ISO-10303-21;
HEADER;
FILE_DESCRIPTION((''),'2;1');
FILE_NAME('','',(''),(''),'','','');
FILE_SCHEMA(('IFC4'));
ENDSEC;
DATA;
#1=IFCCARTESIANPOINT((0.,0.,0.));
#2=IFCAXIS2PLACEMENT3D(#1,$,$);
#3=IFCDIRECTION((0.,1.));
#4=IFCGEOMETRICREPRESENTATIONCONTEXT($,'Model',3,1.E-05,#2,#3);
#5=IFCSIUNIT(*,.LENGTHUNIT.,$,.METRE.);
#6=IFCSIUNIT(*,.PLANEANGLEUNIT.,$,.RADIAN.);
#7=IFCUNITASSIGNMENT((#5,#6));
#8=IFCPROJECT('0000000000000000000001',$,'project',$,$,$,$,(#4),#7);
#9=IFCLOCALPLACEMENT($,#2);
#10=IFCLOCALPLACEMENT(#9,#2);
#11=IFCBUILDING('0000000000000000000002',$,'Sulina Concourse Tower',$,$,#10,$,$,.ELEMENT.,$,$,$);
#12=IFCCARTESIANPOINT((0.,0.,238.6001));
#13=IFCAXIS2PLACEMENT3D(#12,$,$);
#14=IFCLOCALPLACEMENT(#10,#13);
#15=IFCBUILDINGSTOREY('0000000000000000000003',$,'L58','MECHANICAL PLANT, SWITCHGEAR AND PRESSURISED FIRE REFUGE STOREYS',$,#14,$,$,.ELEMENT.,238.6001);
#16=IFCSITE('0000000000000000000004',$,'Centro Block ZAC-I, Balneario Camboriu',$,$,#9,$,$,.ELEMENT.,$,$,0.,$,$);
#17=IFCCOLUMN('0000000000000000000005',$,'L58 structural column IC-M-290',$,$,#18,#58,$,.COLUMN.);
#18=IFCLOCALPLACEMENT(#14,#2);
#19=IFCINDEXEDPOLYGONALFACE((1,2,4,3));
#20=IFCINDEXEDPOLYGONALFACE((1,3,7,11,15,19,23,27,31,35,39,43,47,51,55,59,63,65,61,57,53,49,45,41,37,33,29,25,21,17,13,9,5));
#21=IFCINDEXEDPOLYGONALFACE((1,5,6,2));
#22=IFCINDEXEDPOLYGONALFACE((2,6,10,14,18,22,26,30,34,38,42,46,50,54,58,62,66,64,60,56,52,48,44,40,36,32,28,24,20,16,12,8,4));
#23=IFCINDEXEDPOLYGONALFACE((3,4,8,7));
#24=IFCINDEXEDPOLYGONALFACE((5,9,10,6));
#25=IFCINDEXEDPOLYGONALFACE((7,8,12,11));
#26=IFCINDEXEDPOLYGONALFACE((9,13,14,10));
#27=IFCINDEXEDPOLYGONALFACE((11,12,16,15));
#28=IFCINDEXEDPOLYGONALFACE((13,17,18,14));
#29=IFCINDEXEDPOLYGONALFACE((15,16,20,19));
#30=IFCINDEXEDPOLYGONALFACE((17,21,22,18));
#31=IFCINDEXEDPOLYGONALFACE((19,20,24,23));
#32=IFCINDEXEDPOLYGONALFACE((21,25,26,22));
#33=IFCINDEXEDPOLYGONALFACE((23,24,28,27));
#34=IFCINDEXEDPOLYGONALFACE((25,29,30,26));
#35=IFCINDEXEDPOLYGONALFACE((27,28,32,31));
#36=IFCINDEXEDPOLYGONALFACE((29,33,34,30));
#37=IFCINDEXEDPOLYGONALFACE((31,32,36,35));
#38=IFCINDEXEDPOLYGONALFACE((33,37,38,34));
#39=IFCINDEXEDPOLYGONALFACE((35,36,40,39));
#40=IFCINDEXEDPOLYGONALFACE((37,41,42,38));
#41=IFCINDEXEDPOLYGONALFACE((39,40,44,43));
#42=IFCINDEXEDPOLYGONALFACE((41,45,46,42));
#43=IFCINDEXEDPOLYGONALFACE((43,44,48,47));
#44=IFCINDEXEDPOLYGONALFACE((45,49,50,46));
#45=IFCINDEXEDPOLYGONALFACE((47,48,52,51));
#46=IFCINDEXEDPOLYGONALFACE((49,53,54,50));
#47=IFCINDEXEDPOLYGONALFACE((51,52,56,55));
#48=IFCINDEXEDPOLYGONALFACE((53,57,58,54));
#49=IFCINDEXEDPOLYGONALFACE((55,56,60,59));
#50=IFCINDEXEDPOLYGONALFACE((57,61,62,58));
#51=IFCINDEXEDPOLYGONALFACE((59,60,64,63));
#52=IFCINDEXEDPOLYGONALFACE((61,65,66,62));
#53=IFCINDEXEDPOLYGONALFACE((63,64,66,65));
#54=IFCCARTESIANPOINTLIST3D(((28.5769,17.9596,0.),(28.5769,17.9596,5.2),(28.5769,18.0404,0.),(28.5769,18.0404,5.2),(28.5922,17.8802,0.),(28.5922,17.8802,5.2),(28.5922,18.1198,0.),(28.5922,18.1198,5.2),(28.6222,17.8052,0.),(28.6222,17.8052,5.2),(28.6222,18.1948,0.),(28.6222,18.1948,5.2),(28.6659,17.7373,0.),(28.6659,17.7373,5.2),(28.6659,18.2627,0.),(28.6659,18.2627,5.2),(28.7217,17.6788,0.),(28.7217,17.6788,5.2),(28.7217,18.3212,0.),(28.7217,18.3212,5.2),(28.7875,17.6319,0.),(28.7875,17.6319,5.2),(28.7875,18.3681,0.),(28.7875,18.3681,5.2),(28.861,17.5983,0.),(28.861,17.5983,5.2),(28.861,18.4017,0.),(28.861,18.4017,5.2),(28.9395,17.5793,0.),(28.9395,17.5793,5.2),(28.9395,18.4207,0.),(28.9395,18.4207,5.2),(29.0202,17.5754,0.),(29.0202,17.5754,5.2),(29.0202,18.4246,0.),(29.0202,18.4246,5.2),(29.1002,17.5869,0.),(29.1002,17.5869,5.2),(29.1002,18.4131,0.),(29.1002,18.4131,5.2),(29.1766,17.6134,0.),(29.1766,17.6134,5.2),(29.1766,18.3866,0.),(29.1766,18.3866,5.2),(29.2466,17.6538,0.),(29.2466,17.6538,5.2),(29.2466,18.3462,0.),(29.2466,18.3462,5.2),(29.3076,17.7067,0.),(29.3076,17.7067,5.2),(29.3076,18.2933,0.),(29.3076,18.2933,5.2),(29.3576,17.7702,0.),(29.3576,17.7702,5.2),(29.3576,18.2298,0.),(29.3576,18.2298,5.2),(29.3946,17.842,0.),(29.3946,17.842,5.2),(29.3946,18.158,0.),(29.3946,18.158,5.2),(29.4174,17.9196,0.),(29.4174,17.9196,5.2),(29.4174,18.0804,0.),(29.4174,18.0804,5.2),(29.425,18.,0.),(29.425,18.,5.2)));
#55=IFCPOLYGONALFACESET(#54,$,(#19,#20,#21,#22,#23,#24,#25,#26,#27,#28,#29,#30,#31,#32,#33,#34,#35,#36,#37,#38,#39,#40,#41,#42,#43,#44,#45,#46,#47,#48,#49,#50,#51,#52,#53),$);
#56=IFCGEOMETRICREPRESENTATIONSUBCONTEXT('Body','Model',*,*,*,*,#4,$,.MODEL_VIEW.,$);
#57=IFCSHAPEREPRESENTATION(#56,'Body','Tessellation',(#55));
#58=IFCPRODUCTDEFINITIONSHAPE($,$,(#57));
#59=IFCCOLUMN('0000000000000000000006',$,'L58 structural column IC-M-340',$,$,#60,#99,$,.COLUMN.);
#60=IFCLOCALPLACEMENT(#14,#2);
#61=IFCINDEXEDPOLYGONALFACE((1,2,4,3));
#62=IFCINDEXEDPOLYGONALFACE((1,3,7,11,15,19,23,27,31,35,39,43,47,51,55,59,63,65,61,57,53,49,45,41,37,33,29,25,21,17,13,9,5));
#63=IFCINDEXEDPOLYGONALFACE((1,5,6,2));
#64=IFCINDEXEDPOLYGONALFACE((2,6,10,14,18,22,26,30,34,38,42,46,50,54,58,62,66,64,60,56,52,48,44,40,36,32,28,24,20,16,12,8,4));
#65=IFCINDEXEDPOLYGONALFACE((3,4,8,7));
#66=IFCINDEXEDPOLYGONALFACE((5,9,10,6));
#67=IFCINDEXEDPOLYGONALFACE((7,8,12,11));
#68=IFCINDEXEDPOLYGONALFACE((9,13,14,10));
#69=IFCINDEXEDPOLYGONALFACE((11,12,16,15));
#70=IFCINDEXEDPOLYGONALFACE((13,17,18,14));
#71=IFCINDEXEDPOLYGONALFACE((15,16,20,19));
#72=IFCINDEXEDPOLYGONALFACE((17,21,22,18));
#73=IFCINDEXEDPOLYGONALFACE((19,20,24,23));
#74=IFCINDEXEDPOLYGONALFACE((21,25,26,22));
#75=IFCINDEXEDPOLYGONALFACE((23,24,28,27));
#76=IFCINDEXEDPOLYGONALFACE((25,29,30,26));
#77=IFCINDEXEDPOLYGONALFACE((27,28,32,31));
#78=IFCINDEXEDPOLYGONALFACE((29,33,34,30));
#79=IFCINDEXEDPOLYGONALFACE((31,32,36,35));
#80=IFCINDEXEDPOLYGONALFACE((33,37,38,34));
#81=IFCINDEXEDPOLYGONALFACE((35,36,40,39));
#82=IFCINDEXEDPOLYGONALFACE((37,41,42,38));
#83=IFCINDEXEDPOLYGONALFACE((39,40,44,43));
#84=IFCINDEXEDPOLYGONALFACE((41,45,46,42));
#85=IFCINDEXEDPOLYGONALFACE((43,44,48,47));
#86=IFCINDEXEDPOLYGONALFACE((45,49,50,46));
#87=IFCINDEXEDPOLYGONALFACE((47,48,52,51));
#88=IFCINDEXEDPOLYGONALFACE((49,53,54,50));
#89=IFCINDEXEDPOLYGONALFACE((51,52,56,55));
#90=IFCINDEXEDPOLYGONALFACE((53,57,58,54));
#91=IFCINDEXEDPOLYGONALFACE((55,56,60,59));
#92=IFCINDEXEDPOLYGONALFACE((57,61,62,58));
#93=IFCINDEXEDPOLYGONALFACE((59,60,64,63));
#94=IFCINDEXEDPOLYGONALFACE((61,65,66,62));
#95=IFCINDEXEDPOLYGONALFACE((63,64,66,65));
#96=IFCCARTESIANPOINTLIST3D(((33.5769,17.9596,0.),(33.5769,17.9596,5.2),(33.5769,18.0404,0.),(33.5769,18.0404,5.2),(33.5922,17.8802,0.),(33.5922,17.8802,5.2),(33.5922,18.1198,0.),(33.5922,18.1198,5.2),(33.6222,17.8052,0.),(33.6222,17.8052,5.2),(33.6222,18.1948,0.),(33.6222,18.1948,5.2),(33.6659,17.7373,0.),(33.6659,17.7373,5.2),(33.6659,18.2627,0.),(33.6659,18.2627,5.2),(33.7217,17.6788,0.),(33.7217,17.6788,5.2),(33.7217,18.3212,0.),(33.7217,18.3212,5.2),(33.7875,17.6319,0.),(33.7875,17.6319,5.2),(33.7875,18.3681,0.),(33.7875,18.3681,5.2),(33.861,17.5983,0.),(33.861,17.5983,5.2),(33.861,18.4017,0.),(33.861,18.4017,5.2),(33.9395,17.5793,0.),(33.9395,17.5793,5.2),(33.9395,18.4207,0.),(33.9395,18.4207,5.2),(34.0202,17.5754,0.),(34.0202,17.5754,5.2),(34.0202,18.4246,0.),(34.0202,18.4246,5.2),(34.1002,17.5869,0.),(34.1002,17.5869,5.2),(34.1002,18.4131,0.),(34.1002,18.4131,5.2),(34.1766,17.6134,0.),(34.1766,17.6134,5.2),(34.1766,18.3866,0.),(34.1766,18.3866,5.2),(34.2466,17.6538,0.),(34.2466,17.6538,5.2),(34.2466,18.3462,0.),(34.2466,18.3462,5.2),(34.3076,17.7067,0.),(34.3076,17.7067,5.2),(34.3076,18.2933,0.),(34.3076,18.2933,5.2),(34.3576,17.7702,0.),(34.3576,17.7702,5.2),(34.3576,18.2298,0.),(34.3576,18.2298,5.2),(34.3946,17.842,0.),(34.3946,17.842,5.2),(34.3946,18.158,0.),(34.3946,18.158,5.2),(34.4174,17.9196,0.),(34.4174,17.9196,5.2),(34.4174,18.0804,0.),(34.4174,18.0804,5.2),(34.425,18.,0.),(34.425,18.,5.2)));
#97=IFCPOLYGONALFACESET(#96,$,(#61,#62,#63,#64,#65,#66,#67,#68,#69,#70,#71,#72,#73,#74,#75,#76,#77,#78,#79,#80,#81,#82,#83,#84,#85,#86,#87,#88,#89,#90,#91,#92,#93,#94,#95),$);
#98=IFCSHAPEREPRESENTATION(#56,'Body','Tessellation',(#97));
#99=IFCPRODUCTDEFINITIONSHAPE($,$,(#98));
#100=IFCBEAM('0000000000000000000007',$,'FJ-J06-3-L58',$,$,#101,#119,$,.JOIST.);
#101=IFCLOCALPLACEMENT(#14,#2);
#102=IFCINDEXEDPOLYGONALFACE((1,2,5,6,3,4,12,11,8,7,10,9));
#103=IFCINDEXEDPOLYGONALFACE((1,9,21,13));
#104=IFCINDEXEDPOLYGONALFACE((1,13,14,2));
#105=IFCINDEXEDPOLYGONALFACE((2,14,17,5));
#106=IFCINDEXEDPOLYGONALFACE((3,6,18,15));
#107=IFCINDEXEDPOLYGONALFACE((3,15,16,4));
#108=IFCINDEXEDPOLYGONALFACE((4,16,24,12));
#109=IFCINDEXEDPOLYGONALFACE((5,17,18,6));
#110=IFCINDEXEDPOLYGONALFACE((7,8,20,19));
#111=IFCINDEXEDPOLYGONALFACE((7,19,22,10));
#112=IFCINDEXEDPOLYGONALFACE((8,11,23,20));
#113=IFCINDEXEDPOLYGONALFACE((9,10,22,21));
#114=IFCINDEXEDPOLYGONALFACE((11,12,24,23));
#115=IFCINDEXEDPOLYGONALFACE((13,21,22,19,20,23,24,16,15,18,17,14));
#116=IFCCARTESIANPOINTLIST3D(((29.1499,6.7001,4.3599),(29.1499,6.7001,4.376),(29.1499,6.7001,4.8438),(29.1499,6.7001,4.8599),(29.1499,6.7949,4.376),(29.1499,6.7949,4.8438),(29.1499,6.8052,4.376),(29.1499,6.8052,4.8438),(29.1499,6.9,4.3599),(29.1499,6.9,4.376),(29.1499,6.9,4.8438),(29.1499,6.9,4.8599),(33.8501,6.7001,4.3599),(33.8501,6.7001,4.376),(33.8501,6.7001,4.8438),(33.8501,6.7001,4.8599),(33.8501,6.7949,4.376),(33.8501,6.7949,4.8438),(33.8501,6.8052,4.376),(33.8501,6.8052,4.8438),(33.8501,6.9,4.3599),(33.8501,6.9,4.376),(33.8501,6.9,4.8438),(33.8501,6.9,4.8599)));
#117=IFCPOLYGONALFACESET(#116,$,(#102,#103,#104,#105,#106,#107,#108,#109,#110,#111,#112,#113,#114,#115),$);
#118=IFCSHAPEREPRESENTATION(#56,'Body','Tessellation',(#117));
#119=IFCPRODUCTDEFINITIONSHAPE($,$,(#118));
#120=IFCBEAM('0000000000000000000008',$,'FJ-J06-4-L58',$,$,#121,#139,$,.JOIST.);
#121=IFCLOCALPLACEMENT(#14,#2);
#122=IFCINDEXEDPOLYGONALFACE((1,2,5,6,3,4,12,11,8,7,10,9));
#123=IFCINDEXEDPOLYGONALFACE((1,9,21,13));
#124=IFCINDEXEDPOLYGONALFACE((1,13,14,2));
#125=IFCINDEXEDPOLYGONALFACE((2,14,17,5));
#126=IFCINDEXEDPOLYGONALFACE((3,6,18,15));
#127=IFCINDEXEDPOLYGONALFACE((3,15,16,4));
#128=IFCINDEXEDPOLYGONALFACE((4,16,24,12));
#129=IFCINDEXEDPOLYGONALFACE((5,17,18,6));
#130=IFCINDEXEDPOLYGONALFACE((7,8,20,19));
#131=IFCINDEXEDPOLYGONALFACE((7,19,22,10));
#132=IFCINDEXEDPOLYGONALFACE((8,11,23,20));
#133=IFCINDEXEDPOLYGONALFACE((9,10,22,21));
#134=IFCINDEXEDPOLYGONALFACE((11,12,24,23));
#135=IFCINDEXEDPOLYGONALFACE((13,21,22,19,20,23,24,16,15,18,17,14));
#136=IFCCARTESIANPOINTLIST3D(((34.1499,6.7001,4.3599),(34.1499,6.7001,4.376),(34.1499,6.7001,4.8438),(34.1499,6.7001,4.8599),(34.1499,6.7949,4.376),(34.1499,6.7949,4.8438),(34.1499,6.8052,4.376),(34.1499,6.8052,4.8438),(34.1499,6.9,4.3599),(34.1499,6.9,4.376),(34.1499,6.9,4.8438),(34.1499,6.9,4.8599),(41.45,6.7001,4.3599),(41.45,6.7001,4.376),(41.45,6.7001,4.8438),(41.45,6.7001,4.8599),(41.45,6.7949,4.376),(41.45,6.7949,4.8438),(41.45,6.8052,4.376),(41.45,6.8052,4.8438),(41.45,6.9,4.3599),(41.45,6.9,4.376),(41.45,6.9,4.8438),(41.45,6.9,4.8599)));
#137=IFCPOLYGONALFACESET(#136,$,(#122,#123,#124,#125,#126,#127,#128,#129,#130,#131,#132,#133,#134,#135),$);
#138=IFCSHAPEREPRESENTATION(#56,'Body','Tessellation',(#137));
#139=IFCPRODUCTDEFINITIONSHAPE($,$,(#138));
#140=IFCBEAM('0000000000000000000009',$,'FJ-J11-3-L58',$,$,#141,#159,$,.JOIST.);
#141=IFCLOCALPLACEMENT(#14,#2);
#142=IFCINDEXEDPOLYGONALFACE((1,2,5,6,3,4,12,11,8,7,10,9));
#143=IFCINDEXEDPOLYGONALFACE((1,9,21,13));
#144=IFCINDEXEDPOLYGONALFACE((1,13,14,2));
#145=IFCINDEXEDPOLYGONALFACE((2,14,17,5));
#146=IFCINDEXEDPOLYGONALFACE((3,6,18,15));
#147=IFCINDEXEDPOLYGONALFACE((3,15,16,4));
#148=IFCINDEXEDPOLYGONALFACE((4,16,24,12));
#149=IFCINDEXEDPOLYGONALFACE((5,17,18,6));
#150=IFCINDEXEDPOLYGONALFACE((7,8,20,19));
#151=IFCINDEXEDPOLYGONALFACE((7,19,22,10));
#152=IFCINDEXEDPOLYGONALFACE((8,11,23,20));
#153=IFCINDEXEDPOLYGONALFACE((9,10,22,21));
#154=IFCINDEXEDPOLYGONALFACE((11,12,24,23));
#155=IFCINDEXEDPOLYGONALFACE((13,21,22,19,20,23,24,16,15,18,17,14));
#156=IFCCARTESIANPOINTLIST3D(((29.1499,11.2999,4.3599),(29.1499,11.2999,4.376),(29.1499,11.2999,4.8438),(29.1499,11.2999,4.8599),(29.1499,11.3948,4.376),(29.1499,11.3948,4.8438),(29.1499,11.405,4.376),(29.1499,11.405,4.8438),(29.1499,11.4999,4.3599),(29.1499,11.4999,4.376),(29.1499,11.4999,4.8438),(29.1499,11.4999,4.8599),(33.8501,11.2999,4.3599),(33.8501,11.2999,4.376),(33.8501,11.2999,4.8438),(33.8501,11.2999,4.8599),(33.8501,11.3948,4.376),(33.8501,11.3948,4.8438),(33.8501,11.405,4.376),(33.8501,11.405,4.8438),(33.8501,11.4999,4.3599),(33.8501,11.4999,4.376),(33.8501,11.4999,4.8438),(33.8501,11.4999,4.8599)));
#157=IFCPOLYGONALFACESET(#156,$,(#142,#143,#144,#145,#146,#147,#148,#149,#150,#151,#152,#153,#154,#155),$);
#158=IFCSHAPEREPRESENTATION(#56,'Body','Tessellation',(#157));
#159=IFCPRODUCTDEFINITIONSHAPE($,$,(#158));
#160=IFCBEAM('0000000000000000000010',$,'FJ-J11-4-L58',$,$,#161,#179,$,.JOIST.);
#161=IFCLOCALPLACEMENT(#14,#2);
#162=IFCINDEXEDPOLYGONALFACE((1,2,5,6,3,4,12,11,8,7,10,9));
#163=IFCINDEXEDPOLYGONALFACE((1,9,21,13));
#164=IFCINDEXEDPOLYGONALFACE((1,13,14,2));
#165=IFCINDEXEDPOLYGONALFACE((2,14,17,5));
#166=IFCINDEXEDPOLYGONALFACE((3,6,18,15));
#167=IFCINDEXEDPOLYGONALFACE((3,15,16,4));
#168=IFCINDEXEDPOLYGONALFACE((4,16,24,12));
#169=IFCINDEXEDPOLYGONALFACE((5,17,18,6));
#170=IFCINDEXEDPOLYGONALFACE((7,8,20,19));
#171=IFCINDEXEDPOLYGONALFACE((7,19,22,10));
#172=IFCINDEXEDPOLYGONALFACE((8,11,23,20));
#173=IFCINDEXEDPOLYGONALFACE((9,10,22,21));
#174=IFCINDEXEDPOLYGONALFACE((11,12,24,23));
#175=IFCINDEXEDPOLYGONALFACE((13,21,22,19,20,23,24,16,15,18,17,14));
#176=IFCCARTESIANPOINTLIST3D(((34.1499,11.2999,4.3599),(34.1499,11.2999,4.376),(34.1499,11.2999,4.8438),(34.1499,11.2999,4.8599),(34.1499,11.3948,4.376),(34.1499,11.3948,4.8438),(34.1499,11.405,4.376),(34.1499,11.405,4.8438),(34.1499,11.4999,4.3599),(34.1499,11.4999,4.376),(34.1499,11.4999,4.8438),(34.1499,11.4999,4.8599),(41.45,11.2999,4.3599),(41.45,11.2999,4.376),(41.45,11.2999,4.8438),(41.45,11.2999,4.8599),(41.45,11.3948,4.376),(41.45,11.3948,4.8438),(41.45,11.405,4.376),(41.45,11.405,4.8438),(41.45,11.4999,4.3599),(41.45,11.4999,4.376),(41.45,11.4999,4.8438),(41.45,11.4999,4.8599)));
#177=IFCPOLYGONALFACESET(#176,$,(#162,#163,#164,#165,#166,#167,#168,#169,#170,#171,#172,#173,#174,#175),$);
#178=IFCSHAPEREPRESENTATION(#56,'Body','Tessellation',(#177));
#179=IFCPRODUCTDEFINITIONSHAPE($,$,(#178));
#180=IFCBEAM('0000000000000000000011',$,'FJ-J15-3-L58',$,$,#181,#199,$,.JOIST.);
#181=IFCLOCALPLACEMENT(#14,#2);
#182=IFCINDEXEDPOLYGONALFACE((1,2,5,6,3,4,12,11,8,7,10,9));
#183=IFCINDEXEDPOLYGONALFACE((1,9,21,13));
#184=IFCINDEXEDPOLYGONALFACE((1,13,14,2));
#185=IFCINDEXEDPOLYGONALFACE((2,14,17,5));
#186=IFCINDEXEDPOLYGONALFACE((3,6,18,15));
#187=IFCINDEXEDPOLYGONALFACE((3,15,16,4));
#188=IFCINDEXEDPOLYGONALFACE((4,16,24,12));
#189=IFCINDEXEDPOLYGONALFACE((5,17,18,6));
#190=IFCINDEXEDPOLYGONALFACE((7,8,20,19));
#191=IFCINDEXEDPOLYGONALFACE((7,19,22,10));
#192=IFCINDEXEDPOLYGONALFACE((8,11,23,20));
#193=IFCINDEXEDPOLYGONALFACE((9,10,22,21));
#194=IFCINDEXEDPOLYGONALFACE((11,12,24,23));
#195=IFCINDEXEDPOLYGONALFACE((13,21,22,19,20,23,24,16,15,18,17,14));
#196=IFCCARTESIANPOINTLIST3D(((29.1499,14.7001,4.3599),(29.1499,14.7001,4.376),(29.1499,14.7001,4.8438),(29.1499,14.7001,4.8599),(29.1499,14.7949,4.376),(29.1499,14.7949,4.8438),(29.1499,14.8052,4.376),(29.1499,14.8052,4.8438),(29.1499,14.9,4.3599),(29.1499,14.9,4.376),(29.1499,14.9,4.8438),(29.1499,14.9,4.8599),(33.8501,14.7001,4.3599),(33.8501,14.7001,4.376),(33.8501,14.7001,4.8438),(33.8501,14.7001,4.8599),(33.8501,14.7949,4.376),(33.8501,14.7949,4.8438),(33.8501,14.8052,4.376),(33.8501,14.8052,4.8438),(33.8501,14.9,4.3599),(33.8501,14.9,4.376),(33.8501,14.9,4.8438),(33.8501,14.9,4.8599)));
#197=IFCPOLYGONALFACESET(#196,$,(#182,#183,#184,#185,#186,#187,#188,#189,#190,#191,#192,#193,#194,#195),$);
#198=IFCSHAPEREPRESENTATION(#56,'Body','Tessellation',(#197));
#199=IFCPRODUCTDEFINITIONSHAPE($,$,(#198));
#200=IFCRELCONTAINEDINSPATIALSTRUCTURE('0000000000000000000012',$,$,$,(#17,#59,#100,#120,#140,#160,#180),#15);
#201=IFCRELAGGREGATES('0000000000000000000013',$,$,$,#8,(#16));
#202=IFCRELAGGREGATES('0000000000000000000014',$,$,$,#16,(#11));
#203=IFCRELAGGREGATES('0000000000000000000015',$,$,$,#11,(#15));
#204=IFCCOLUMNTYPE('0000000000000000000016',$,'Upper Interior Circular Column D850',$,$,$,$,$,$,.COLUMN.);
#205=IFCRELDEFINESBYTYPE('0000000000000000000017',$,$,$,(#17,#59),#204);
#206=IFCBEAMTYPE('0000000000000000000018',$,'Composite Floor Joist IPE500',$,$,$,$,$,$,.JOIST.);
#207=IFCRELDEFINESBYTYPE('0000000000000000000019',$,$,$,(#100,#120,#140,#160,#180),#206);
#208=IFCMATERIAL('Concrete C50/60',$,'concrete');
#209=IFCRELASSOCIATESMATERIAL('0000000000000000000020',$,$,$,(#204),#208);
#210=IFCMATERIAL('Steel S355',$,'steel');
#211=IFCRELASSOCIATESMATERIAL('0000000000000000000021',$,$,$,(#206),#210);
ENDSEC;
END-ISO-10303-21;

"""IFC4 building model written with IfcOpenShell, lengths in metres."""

from ifc_helpers import new_model, si_unit, direction, frame, origin, origin_2d, place, context, subcontext, project, spatial, circle, i_section, extrude, material, material_profile, profile_set, type_object, element, save


model = new_model("IFC4")

# Units and contexts
model_context = context("Model", 3, precision=1e-05, world=origin(), true_north=direction((0.0, 1.0)))
body_context = subcontext(model_context, "Body", "Model", "MODEL_VIEW")
ifc_project = project(units=[si_unit("LENGTHUNIT", "METRE"), si_unit("PLANEANGLEUNIT", "RADIAN")], contexts=[model_context])

# Site, building, storey
site_placement = place(None, origin())
site = spatial("IfcSite", under=ifc_project, at=site_placement, Name="Centro Block ZAC-I, Balneario Camboriu", CompositionType="ELEMENT", RefElevation=0.0)
building_placement = place(site_placement, origin())
building = spatial("IfcBuilding", under=site, at=building_placement, Name="Sulina Concourse Tower", CompositionType="ELEMENT")
storey_placement = place(building_placement, frame((0.0, 0.0, 238.6001)))
storey = spatial("IfcBuildingStorey", under=building, at=storey_placement, Name="L58", Description="MECHANICAL PLANT, SWITCHGEAR AND PRESSURISED FIRE REFUGE STOREYS", CompositionType="ELEMENT", Elevation=238.6001)

# Columns
ifc_material_1 = material(Name="Concrete C50/60", Category="concrete")
ifc_material_profile_1 = material_profile(ifc_material_1, circle(Radius=0.425, at=origin_2d()), Name="RC D850")
ifc_profile_set_1 = profile_set([ifc_material_profile_1], Name="Concrete C50/60")
column_type = type_object("IfcColumnType", Name="Upper Interior Circular Column D850", PredefinedType="COLUMN", material=ifc_profile_set_1)
for number, where, z_axis, x_axis, name in (
    (1, (29.0, 18.0, 0.0), (0.0, 0.0, 1.0), (1.0, 0.0, 0.0), "L58 structural column IC-M-290"),
    (2, (34.0, 18.0, 0.0), (0.0, 0.0, 1.0), (1.0, 0.0, 0.0), "L58 structural column IC-M-340"),
):
    element("IfcColumn", number, at=place(storey_placement, frame(where, z_axis=z_axis, x_axis=x_axis)), inside=storey, type_object=column_type, Name=name, PredefinedType="COLUMN", context=body_context, shape_type="SweptSolid", body=[
        extrude(circle(Radius=0.425, at=origin_2d()), origin(), (0.0, 0.0, 1.0), 5.2),
    ])

# Beams
ifc_material_2 = material(Name="Steel S355", Category="steel")
ifc_material_profile_2 = material_profile(ifc_material_2, i_section(OverallWidth=0.2, OverallDepth=0.5, WebThickness=0.0103, FlangeThickness=0.0161, at=origin_2d()), Name="IPE 500")
ifc_profile_set_2 = profile_set([ifc_material_profile_2], Name="Steel S355")
beam_type_1 = type_object("IfcBeamType", Name="Composite Floor Joist IPE500", PredefinedType="JOIST", material=ifc_profile_set_2)
beam_1_placement = place(storey_placement, frame((29.1499, 6.8, 4.6099), z_axis=(1.0, 0.0, 0.0), x_axis=(0.0, 1.0, 0.0)))
element("IfcBeam", 3, at=beam_1_placement, inside=storey, type_object=beam_type_1, Name="FJ-J06-3-L58", PredefinedType="JOIST", context=body_context, shape_type="SweptSolid", body=[
    extrude(i_section(OverallWidth=0.2, OverallDepth=0.5, WebThickness=0.0103, FlangeThickness=0.0161, at=origin_2d()), origin(), (0.0, 0.0, 1.0), 4.7002),
])
beam_2_placement = place(storey_placement, frame((34.1499, 6.8, 4.6099), z_axis=(1.0, 0.0, 0.0), x_axis=(0.0, 1.0, 0.0)))
element("IfcBeam", 4, at=beam_2_placement, inside=storey, type_object=beam_type_1, Name="FJ-J06-4-L58", PredefinedType="JOIST", context=body_context, shape_type="SweptSolid", body=[
    extrude(i_section(OverallWidth=0.2, OverallDepth=0.5, WebThickness=0.0103, FlangeThickness=0.0161, at=origin_2d()), origin(), (0.0, 0.0, 1.0), 7.3),
])
beam_3_placement = place(storey_placement, frame((29.1499, 11.3999, 4.6099), z_axis=(1.0, 0.0, 0.0), x_axis=(0.0, 1.0, 0.0)))
element("IfcBeam", 5, at=beam_3_placement, inside=storey, type_object=beam_type_1, Name="FJ-J11-3-L58", PredefinedType="JOIST", context=body_context, shape_type="SweptSolid", body=[
    extrude(i_section(OverallWidth=0.2, OverallDepth=0.5, WebThickness=0.0103, FlangeThickness=0.0161, at=origin_2d()), origin(), (0.0, 0.0, 1.0), 4.7002),
])
beam_4_placement = place(storey_placement, frame((34.1499, 11.3999, 4.6099), z_axis=(1.0, 0.0, 0.0), x_axis=(0.0, 1.0, 0.0)))
element("IfcBeam", 6, at=beam_4_placement, inside=storey, type_object=beam_type_1, Name="FJ-J11-4-L58", PredefinedType="JOIST", context=body_context, shape_type="SweptSolid", body=[
    extrude(i_section(OverallWidth=0.2, OverallDepth=0.5, WebThickness=0.0103, FlangeThickness=0.0161, at=origin_2d()), origin(), (0.0, 0.0, 1.0), 7.3),
])
beam_5_placement = place(storey_placement, frame((29.1499, 14.8, 4.6099), z_axis=(1.0, 0.0, 0.0), x_axis=(0.0, 1.0, 0.0)))
element("IfcBeam", 7, at=beam_5_placement, inside=storey, type_object=beam_type_1, Name="FJ-J15-3-L58", PredefinedType="JOIST", context=body_context, shape_type="SweptSolid", body=[
    extrude(i_section(OverallWidth=0.2, OverallDepth=0.5, WebThickness=0.0103, FlangeThickness=0.0161, at=origin_2d()), origin(), (0.0, 0.0, 1.0), 4.7002),
])

save(model, "model.ifc")
